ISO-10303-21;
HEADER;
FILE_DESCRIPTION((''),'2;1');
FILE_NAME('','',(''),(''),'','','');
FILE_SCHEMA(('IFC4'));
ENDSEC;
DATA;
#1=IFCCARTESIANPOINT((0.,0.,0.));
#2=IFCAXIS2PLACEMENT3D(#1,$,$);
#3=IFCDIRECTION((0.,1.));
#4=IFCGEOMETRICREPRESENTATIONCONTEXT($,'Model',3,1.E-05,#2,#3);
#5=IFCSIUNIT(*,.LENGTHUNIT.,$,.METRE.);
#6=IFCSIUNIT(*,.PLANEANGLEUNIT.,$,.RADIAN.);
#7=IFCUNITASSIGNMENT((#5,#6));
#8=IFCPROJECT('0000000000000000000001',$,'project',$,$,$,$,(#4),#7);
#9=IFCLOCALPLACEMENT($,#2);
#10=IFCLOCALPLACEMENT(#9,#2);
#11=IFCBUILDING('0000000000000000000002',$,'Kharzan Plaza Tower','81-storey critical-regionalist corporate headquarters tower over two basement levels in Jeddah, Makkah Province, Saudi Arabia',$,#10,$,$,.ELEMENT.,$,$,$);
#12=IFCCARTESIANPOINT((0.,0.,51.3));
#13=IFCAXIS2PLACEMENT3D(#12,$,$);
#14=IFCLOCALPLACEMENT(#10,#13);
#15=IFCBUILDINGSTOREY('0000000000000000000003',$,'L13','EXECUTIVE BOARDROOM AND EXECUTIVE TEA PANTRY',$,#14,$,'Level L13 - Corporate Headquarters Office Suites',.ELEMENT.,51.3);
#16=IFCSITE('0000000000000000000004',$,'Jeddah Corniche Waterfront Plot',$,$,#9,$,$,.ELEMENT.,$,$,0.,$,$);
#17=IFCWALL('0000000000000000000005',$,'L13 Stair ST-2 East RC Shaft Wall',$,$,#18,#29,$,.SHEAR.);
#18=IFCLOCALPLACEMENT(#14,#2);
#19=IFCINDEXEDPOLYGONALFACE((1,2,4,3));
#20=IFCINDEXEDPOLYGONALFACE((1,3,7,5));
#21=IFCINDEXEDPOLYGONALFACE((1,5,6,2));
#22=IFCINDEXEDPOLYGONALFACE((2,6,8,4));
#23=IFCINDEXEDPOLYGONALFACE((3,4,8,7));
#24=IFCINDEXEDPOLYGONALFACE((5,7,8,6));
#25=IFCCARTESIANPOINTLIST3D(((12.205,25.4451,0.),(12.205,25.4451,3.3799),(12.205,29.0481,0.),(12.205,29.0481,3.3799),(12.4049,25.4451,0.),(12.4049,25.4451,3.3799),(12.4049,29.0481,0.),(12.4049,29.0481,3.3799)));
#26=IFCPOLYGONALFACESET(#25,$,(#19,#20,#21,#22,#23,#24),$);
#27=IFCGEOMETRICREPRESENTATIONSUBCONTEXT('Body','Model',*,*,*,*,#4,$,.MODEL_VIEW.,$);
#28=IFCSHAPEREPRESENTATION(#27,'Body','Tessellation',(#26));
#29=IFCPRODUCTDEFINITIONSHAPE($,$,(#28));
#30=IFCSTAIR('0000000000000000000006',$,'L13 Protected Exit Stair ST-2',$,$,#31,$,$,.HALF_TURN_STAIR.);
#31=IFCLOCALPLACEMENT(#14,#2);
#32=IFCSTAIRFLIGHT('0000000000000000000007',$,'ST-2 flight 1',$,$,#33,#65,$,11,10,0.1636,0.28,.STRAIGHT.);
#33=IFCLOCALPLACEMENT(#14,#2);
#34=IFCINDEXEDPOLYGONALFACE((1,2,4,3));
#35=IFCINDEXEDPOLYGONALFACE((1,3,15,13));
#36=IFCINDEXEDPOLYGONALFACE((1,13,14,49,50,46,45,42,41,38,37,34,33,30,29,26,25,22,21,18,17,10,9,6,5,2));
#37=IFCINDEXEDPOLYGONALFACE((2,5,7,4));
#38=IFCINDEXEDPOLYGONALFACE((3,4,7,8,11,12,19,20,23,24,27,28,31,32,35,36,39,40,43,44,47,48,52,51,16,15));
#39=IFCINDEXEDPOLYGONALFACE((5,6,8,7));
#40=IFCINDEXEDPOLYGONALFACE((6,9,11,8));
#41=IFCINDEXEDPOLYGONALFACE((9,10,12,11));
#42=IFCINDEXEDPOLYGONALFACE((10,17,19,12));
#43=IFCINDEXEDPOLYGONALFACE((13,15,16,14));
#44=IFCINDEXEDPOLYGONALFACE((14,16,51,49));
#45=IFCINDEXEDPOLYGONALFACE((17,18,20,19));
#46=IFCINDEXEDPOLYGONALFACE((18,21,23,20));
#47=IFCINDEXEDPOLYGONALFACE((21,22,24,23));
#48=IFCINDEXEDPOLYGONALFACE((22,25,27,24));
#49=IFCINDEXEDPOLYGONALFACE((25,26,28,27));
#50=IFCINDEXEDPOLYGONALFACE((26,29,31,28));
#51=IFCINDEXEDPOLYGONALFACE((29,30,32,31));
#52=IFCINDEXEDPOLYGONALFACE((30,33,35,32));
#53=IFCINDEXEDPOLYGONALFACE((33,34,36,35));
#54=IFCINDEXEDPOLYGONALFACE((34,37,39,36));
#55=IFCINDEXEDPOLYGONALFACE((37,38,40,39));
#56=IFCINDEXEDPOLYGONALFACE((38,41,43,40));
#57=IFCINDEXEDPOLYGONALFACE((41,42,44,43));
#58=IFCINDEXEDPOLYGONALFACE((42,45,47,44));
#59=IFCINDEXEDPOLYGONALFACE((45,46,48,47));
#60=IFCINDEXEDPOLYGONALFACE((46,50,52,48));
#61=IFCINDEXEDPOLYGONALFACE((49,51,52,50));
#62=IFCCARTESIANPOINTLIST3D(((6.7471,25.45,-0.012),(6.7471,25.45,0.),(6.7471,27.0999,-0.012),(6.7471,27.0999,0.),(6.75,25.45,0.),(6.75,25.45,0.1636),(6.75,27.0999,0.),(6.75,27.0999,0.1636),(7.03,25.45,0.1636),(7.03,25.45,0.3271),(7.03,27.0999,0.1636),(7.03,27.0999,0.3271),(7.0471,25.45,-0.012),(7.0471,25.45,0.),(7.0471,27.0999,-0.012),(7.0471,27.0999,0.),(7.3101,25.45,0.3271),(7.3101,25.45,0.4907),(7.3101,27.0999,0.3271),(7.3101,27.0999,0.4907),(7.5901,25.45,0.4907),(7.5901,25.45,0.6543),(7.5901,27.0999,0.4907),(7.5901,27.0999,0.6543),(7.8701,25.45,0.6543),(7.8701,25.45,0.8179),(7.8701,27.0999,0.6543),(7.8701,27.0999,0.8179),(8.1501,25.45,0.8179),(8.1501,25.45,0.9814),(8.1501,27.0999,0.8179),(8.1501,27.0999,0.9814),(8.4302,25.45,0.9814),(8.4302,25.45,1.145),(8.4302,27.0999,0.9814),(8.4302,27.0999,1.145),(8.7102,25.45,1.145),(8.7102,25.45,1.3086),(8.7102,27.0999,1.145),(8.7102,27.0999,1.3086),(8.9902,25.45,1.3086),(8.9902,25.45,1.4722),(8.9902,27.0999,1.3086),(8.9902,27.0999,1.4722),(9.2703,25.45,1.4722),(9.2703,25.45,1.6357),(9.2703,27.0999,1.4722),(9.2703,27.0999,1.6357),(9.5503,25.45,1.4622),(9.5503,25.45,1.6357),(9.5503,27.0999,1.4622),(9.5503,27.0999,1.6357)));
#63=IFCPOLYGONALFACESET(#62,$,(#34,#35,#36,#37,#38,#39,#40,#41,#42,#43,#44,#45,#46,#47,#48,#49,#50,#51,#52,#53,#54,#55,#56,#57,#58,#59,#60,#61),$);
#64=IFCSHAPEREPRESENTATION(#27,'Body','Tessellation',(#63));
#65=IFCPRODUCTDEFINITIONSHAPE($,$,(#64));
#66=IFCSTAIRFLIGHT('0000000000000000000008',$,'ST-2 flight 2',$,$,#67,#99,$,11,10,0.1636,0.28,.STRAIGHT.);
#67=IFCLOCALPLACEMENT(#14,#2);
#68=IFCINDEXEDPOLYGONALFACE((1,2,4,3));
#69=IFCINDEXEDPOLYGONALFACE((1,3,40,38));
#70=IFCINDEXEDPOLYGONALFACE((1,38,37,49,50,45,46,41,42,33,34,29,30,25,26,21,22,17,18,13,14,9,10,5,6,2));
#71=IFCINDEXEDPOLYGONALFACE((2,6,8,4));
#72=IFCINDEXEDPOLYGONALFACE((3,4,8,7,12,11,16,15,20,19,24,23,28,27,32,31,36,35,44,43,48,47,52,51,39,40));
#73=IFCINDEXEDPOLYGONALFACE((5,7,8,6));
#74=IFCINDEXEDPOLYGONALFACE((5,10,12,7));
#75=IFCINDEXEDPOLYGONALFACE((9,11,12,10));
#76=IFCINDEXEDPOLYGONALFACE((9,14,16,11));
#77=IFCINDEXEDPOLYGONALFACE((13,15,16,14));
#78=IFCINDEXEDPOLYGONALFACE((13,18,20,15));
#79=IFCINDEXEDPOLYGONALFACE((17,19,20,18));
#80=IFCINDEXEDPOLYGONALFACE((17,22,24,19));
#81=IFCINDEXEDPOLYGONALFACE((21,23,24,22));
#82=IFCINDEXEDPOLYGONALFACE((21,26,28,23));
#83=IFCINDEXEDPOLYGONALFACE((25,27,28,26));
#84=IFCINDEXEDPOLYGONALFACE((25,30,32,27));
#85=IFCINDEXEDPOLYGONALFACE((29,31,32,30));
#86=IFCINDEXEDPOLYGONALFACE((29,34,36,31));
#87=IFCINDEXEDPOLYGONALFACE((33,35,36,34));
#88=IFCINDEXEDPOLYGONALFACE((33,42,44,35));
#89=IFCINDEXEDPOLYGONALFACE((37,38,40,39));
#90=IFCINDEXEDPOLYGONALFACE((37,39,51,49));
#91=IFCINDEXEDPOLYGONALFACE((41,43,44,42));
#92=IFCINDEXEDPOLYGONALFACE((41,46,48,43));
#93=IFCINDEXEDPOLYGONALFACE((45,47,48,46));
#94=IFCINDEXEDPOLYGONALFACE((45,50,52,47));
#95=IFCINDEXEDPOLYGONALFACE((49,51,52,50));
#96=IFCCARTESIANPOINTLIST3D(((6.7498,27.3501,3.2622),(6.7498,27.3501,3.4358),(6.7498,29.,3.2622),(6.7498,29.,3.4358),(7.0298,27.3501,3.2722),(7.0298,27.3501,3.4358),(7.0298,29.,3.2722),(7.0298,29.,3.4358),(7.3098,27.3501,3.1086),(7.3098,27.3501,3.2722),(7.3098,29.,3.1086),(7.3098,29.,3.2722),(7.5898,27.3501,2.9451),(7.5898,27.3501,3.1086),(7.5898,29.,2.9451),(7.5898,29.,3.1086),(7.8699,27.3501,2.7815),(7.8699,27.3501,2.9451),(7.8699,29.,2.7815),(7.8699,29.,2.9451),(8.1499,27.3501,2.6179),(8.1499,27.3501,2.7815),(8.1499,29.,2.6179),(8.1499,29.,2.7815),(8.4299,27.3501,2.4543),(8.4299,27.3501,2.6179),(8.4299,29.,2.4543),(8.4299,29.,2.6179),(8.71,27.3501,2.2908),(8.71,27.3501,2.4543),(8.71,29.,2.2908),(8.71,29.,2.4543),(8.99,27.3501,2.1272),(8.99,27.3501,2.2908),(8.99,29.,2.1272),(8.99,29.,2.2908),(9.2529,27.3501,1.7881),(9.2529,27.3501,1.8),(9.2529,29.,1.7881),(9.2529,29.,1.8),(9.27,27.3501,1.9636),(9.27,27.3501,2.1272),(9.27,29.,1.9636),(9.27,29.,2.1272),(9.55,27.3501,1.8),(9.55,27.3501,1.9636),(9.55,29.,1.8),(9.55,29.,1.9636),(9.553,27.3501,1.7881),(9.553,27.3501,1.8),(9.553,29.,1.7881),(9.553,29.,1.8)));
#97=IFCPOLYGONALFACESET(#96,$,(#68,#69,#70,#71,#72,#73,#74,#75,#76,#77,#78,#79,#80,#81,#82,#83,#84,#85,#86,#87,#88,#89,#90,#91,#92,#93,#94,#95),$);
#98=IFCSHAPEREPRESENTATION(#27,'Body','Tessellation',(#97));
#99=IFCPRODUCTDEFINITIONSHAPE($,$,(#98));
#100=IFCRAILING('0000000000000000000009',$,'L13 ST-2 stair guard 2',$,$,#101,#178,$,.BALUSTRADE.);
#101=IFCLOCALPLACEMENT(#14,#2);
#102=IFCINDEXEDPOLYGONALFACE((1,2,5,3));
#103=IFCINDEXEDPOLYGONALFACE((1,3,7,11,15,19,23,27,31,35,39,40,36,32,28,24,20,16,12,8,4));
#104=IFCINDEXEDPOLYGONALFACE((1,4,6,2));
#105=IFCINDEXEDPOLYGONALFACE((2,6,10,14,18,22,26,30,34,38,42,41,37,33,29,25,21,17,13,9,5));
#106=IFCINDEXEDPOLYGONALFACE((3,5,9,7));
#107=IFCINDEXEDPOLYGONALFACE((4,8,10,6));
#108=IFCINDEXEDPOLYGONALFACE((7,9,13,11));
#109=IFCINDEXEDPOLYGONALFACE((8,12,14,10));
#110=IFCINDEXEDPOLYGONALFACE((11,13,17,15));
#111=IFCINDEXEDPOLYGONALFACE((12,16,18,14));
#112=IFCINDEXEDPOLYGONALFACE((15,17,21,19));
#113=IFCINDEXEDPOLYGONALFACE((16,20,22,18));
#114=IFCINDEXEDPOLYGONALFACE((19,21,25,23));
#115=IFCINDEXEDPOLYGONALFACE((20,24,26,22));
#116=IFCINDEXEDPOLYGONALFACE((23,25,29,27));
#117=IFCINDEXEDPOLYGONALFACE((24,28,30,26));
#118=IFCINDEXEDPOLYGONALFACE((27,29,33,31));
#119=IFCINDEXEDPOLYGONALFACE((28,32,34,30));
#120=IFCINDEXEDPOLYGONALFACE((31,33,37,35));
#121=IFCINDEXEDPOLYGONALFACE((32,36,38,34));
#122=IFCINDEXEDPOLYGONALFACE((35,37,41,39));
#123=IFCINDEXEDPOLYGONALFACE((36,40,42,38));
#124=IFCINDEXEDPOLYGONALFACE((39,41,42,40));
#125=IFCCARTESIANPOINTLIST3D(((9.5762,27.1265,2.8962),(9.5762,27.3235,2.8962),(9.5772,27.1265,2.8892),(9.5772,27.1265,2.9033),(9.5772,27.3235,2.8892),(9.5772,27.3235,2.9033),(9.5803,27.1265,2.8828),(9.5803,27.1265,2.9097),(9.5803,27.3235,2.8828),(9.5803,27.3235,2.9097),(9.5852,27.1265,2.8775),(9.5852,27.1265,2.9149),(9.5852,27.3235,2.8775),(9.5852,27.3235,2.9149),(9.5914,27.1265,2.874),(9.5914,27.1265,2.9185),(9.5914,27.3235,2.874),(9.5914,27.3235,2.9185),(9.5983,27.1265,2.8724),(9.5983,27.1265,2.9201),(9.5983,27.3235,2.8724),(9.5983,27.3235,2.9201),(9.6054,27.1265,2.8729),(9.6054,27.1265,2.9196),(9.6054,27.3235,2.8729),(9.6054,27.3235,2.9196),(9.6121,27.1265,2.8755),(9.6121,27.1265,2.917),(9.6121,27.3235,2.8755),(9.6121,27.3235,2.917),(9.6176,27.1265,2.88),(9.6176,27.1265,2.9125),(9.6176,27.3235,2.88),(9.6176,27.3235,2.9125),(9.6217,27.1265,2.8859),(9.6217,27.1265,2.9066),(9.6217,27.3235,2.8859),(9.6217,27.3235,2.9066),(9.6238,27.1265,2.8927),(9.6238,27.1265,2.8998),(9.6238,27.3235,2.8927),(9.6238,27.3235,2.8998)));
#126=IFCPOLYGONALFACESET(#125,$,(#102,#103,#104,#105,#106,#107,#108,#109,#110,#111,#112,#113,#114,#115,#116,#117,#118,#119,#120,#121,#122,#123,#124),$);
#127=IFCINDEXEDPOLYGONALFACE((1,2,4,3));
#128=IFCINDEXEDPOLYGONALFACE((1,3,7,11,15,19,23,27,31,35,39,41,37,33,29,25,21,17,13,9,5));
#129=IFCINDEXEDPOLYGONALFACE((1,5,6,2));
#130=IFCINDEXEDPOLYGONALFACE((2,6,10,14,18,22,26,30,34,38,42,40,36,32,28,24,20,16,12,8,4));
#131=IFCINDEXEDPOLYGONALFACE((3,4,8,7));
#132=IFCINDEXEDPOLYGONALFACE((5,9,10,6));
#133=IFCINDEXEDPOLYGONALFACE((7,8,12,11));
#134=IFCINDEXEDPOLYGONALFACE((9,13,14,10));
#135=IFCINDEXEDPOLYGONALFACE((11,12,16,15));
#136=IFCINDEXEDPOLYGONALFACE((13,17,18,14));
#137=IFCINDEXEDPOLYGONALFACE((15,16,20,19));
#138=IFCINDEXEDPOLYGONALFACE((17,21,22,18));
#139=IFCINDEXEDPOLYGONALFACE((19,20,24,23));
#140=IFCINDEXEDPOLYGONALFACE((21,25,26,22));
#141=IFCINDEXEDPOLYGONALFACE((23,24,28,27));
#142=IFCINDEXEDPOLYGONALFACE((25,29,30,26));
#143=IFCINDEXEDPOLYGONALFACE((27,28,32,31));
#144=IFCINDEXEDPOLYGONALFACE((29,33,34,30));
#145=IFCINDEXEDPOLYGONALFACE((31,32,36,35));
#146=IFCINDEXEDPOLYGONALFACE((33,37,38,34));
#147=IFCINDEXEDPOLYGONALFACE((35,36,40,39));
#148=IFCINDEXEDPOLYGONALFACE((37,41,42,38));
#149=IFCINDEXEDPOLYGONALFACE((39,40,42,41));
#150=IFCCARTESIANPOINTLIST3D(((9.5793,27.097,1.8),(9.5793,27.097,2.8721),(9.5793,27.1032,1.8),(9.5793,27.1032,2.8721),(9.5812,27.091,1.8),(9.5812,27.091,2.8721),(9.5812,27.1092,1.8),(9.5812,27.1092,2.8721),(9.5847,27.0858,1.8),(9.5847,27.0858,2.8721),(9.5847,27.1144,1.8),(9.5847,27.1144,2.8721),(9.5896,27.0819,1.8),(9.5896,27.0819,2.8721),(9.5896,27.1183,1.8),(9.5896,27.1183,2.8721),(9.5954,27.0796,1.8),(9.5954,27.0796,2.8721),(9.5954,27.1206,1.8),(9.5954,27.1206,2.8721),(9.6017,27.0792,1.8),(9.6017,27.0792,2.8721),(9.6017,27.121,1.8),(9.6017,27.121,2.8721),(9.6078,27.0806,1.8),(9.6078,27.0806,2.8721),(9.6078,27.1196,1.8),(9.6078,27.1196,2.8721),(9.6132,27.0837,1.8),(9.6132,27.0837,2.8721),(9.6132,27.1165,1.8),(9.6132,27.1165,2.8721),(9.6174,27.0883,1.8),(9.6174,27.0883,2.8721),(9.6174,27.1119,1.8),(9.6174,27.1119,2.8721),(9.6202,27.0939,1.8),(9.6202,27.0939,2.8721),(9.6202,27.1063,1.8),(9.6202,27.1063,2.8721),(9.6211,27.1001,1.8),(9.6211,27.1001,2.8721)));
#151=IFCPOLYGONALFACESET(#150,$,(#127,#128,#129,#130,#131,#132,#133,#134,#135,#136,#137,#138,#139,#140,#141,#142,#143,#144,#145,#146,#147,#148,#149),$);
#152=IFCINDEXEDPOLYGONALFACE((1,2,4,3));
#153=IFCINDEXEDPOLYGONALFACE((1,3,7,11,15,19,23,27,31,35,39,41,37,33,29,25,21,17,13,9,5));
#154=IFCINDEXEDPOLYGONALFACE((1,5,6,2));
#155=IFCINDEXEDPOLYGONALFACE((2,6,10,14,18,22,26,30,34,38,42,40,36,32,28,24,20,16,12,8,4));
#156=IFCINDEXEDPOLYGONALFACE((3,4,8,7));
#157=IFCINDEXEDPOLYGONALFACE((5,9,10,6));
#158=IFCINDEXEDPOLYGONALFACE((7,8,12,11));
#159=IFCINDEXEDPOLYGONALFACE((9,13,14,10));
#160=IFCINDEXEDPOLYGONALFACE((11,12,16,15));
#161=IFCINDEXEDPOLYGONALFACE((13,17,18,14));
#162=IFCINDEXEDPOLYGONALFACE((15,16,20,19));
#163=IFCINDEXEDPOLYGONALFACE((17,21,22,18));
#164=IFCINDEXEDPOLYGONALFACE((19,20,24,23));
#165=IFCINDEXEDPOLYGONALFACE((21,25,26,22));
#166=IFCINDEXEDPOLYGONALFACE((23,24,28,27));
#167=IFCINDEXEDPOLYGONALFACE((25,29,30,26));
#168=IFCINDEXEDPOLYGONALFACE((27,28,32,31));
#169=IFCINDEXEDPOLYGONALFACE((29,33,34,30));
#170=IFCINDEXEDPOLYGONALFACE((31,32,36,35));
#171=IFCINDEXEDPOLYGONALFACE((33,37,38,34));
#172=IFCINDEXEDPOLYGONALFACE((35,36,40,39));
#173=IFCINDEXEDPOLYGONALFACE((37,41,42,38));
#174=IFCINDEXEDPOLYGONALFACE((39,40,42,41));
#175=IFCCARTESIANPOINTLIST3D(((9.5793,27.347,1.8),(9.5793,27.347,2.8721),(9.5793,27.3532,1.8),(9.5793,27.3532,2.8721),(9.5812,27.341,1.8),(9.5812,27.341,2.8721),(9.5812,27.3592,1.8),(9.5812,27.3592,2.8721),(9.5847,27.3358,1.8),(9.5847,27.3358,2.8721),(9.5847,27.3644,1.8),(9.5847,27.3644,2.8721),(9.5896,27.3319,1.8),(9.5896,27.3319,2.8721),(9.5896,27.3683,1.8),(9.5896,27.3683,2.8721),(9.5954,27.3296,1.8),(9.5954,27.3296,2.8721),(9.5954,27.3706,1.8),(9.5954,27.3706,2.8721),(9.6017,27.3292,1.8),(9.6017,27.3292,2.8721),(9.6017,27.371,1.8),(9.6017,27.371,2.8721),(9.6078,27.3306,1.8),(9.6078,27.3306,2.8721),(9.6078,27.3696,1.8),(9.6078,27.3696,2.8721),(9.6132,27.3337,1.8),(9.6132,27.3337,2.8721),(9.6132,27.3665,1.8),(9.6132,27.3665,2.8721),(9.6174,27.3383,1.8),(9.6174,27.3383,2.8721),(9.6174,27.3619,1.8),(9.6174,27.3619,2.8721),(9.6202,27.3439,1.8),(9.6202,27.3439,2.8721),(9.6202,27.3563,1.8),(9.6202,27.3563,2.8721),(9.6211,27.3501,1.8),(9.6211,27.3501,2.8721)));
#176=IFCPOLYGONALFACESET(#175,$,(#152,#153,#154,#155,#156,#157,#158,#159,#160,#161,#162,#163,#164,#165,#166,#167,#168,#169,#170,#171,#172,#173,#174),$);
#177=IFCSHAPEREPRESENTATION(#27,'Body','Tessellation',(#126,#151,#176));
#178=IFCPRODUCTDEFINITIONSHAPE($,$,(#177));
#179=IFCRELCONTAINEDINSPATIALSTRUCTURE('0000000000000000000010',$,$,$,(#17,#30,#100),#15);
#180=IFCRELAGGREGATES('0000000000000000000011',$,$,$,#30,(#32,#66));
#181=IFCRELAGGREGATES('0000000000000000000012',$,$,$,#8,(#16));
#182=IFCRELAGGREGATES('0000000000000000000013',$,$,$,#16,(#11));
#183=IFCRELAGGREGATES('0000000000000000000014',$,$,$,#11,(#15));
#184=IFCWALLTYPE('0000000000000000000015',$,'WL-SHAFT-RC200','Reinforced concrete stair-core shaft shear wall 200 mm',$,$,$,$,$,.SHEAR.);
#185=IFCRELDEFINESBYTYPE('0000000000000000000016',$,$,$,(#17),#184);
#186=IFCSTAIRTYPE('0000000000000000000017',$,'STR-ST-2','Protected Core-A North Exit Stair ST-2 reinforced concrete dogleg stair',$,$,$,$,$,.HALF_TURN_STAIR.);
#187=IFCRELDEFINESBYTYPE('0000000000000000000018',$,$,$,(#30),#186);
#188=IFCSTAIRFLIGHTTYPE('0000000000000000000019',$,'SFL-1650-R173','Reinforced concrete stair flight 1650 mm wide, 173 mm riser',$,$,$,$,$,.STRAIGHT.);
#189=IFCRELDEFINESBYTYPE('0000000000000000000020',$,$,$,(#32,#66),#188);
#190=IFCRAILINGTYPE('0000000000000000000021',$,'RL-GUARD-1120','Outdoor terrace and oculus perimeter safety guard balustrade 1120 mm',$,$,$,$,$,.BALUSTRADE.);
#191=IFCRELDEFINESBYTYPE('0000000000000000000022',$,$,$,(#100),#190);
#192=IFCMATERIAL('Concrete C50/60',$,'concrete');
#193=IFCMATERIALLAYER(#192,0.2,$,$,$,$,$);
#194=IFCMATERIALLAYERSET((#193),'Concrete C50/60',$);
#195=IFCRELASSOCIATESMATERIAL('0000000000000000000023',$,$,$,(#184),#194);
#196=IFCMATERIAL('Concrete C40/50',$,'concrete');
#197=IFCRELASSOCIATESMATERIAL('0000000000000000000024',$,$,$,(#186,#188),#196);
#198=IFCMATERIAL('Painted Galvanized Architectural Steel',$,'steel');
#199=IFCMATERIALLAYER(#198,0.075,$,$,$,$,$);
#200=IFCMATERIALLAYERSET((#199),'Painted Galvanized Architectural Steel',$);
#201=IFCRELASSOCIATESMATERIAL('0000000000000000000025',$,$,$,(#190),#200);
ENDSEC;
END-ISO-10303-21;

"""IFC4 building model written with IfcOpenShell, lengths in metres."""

from ifc_helpers import new_model, si_unit, direction, frame, frame_2d, origin, origin_2d, place, context, subcontext, project, spatial, polyline, rectangle, circle, outline, extrude, source, transform, mapped, material, layer, layer_set, type_object, element, aggregate, save


model = new_model("IFC4")

# Units and contexts
model_context = context("Model", 3, precision=1e-05, world=origin(), true_north=direction((0.0, 1.0)))
body_context = subcontext(model_context, "Body", "Model", "MODEL_VIEW")
ifc_project = project(units=[si_unit("LENGTHUNIT", "METRE"), si_unit("PLANEANGLEUNIT", "RADIAN")], contexts=[model_context])

# Site, building, storey
site_placement = place(None, origin())
site = spatial("IfcSite", under=ifc_project, at=site_placement, Name="Jeddah Corniche Waterfront Plot", CompositionType="ELEMENT", RefElevation=0.0)
building_placement = place(site_placement, origin())
building = spatial("IfcBuilding", under=site, at=building_placement, Name="Kharzan Plaza Tower", Description="81-storey critical-regionalist corporate headquarters tower over two basement levels in Jeddah, Makkah Province, Saudi Arabia", CompositionType="ELEMENT")
storey_placement = place(building_placement, frame((0.0, 0.0, 51.3)))
storey = spatial("IfcBuildingStorey", under=building, at=storey_placement, Name="L13", Description="EXECUTIVE BOARDROOM AND EXECUTIVE TEA PANTRY", LongName="Level L13 - Corporate Headquarters Office Suites", CompositionType="ELEMENT", Elevation=51.3)

# Shared definitions
ifc_material_1 = material(Name="Concrete C40/50", Category="concrete")

# Wall
ifc_material_2 = material(Name="Concrete C50/60", Category="concrete")
ifc_layer_1 = layer(ifc_material_2, 0.2)
ifc_layer_set_1 = layer_set([ifc_layer_1], Name="Concrete C50/60")
wall_type_1 = type_object("IfcWallType", Name="WL-SHAFT-RC200", Description="Reinforced concrete stair-core shaft shear wall 200 mm", PredefinedType="SHEAR", material=ifc_layer_set_1)
shared_shape_1 = source(origin(), body_context, "Body", "SweptSolid", [
    extrude(rectangle(XDim=3.603, YDim=0.2, at=frame_2d((1.8015, 0.0))), origin(), (0.0, 0.0, 1.0), 3.3799),
])
wall_1_placement = place(storey_placement, frame((12.3049, 25.4451, 0.0), z_axis=(0.0, 0.0, 1.0), x_axis=(0.0, 1.0, 0.0)))
element("IfcWall", 1, at=wall_1_placement, inside=storey, type_object=wall_type_1, Name="L13 Stair ST-2 East RC Shaft Wall", PredefinedType="SHEAR", context=body_context, shape_type="MappedRepresentation", body=[
    mapped(shared_shape_1, transform((0.0, 0.0, 0.0), x_axis=(1.0, 0.0, 0.0), y_axis=(0.0, 1.0, 0.0), z_axis=(0.0, 0.0, 1.0))),
])

# Stair, stair flights
stair_type = type_object("IfcStairType", Name="STR-ST-2", Description="Protected Core-A North Exit Stair ST-2 reinforced concrete dogleg stair", PredefinedType="HALF_TURN_STAIR", material=ifc_material_1)
stair_placement = place(storey_placement, origin())
stair = element("IfcStair", 2, at=stair_placement, inside=storey, type_object=stair_type, Name="L13 Protected Exit Stair ST-2", PredefinedType="HALF_TURN_STAIR")
stair_flight_type = type_object("IfcStairFlightType", Name="SFL-1650-R173", Description="Reinforced concrete stair flight 1650 mm wide, 173 mm riser", PredefinedType="STRAIGHT", material=ifc_material_1)
shared_shape_2 = source(origin(), body_context, "Body", "SweptSolid", [
    extrude(outline(polyline([(-0.0029, -0.012), (-0.0029, 0.0), (0.0, 0.0), (0.0, 0.1636), (0.28, 0.1636), (0.28, 0.3271), (0.5601, 0.3271), (0.5601, 0.4907), (0.8401, 0.4907), (0.8401, 0.6543), (1.1201, 0.6543), (1.1201, 0.8179), (1.4001, 0.8179), (1.4001, 0.9814), (1.6802, 0.9814), (1.6802, 1.145), (1.9602, 1.145), (1.9602, 1.3086), (2.2402, 1.3086), (2.2402, 1.4722), (2.5203, 1.4722), (2.5203, 1.6357), (2.8003, 1.6357), (2.8003, 1.7993), (2.8003, 1.4622), (0.2971, 0.0), (0.2971, -0.012), (-0.0029, -0.012)])), frame((0.0, 0.825, 0.0), z_axis=(0.0, -1.0, 0.0), x_axis=(1.0, 0.0, 0.0)), (0.0, 0.0, 1.0), 1.6499),
])
stair_flight_1_placement = place(storey_placement, frame((6.75, 26.2749, 0.0), z_axis=(0.0, 0.0, 1.0), x_axis=(1.0, 0.0, 0.0)))
stair_flight_1 = element("IfcStairFlight", 3, at=stair_flight_1_placement, type_object=stair_flight_type, Name="ST-2 flight 1", NumberOfRisers=11, NumberOfTreads=10, PredefinedType="STRAIGHT", RiserHeight=0.1636, TreadLength=0.28, context=body_context, shape_type="MappedRepresentation", body=[
    mapped(shared_shape_2, transform((0.0, 0.0, 0.0), x_axis=(1.0, 0.0, 0.0), y_axis=(0.0, 1.0, 0.0), z_axis=(0.0, 0.0, 1.0))),
])
stair_flight_2_placement = place(storey_placement, frame((9.55, 28.175, 1.8), z_axis=(0.0, 0.0, 1.0), x_axis=(-1.0, 0.0, 0.0)))
stair_flight_2 = element("IfcStairFlight", 4, at=stair_flight_2_placement, type_object=stair_flight_type, Name="ST-2 flight 2", NumberOfRisers=11, NumberOfTreads=10, PredefinedType="STRAIGHT", RiserHeight=0.1636, TreadLength=0.28, context=body_context, shape_type="MappedRepresentation", body=[
    mapped(shared_shape_2, transform((0.0, 0.0, 0.0), x_axis=(1.0, 0.0, 0.0), y_axis=(0.0, 1.0, 0.0), z_axis=(0.0, 0.0, 1.0))),
])
aggregate(stair, [stair_flight_1, stair_flight_2])

# Railing
ifc_material_3 = material(Name="Painted Galvanized Architectural Steel", Category="steel")
ifc_layer_2 = layer(ifc_material_3, 0.075)
ifc_layer_set_2 = layer_set([ifc_layer_2], Name="Painted Galvanized Architectural Steel")
railing_type_1 = type_object("IfcRailingType", Name="RL-GUARD-1120", Description="Outdoor terrace and oculus perimeter safety guard balustrade 1120 mm", PredefinedType="BALUSTRADE", material=ifc_layer_set_2)
shared_shape_3 = source(origin(), body_context, "Body", "SweptSolid", [
    extrude(circle(Radius=0.0239, at=origin_2d()), frame((0.0, 0.0264, 1.0962), z_axis=(0.0, 1.0, 0.0), x_axis=(-1.0, 0.0, 0.0)), (0.0, 0.0, 1.0), 0.197),
    extrude(circle(Radius=0.021, at=origin_2d()), origin(), (0.0, 0.0, 1.0), 1.072),
    extrude(circle(Radius=0.021, at=origin_2d()), frame((0.0, 0.25, 0.0)), (0.0, 0.0, 1.0), 1.072),
])
railing_1_placement = place(storey_placement, frame((9.6001, 27.1001, 1.8)))
element("IfcRailing", 5, at=railing_1_placement, inside=storey, type_object=railing_type_1, Name="L13 ST-2 stair guard 2", PredefinedType="BALUSTRADE", context=body_context, shape_type="MappedRepresentation", body=[
    mapped(shared_shape_3, transform((0.0, 0.0, 0.0), x_axis=(1.0, 0.0, 0.0), y_axis=(0.0, 1.0, 0.0), z_axis=(0.0, 0.0, 1.0))),
])

save(model, "model.ifc")
